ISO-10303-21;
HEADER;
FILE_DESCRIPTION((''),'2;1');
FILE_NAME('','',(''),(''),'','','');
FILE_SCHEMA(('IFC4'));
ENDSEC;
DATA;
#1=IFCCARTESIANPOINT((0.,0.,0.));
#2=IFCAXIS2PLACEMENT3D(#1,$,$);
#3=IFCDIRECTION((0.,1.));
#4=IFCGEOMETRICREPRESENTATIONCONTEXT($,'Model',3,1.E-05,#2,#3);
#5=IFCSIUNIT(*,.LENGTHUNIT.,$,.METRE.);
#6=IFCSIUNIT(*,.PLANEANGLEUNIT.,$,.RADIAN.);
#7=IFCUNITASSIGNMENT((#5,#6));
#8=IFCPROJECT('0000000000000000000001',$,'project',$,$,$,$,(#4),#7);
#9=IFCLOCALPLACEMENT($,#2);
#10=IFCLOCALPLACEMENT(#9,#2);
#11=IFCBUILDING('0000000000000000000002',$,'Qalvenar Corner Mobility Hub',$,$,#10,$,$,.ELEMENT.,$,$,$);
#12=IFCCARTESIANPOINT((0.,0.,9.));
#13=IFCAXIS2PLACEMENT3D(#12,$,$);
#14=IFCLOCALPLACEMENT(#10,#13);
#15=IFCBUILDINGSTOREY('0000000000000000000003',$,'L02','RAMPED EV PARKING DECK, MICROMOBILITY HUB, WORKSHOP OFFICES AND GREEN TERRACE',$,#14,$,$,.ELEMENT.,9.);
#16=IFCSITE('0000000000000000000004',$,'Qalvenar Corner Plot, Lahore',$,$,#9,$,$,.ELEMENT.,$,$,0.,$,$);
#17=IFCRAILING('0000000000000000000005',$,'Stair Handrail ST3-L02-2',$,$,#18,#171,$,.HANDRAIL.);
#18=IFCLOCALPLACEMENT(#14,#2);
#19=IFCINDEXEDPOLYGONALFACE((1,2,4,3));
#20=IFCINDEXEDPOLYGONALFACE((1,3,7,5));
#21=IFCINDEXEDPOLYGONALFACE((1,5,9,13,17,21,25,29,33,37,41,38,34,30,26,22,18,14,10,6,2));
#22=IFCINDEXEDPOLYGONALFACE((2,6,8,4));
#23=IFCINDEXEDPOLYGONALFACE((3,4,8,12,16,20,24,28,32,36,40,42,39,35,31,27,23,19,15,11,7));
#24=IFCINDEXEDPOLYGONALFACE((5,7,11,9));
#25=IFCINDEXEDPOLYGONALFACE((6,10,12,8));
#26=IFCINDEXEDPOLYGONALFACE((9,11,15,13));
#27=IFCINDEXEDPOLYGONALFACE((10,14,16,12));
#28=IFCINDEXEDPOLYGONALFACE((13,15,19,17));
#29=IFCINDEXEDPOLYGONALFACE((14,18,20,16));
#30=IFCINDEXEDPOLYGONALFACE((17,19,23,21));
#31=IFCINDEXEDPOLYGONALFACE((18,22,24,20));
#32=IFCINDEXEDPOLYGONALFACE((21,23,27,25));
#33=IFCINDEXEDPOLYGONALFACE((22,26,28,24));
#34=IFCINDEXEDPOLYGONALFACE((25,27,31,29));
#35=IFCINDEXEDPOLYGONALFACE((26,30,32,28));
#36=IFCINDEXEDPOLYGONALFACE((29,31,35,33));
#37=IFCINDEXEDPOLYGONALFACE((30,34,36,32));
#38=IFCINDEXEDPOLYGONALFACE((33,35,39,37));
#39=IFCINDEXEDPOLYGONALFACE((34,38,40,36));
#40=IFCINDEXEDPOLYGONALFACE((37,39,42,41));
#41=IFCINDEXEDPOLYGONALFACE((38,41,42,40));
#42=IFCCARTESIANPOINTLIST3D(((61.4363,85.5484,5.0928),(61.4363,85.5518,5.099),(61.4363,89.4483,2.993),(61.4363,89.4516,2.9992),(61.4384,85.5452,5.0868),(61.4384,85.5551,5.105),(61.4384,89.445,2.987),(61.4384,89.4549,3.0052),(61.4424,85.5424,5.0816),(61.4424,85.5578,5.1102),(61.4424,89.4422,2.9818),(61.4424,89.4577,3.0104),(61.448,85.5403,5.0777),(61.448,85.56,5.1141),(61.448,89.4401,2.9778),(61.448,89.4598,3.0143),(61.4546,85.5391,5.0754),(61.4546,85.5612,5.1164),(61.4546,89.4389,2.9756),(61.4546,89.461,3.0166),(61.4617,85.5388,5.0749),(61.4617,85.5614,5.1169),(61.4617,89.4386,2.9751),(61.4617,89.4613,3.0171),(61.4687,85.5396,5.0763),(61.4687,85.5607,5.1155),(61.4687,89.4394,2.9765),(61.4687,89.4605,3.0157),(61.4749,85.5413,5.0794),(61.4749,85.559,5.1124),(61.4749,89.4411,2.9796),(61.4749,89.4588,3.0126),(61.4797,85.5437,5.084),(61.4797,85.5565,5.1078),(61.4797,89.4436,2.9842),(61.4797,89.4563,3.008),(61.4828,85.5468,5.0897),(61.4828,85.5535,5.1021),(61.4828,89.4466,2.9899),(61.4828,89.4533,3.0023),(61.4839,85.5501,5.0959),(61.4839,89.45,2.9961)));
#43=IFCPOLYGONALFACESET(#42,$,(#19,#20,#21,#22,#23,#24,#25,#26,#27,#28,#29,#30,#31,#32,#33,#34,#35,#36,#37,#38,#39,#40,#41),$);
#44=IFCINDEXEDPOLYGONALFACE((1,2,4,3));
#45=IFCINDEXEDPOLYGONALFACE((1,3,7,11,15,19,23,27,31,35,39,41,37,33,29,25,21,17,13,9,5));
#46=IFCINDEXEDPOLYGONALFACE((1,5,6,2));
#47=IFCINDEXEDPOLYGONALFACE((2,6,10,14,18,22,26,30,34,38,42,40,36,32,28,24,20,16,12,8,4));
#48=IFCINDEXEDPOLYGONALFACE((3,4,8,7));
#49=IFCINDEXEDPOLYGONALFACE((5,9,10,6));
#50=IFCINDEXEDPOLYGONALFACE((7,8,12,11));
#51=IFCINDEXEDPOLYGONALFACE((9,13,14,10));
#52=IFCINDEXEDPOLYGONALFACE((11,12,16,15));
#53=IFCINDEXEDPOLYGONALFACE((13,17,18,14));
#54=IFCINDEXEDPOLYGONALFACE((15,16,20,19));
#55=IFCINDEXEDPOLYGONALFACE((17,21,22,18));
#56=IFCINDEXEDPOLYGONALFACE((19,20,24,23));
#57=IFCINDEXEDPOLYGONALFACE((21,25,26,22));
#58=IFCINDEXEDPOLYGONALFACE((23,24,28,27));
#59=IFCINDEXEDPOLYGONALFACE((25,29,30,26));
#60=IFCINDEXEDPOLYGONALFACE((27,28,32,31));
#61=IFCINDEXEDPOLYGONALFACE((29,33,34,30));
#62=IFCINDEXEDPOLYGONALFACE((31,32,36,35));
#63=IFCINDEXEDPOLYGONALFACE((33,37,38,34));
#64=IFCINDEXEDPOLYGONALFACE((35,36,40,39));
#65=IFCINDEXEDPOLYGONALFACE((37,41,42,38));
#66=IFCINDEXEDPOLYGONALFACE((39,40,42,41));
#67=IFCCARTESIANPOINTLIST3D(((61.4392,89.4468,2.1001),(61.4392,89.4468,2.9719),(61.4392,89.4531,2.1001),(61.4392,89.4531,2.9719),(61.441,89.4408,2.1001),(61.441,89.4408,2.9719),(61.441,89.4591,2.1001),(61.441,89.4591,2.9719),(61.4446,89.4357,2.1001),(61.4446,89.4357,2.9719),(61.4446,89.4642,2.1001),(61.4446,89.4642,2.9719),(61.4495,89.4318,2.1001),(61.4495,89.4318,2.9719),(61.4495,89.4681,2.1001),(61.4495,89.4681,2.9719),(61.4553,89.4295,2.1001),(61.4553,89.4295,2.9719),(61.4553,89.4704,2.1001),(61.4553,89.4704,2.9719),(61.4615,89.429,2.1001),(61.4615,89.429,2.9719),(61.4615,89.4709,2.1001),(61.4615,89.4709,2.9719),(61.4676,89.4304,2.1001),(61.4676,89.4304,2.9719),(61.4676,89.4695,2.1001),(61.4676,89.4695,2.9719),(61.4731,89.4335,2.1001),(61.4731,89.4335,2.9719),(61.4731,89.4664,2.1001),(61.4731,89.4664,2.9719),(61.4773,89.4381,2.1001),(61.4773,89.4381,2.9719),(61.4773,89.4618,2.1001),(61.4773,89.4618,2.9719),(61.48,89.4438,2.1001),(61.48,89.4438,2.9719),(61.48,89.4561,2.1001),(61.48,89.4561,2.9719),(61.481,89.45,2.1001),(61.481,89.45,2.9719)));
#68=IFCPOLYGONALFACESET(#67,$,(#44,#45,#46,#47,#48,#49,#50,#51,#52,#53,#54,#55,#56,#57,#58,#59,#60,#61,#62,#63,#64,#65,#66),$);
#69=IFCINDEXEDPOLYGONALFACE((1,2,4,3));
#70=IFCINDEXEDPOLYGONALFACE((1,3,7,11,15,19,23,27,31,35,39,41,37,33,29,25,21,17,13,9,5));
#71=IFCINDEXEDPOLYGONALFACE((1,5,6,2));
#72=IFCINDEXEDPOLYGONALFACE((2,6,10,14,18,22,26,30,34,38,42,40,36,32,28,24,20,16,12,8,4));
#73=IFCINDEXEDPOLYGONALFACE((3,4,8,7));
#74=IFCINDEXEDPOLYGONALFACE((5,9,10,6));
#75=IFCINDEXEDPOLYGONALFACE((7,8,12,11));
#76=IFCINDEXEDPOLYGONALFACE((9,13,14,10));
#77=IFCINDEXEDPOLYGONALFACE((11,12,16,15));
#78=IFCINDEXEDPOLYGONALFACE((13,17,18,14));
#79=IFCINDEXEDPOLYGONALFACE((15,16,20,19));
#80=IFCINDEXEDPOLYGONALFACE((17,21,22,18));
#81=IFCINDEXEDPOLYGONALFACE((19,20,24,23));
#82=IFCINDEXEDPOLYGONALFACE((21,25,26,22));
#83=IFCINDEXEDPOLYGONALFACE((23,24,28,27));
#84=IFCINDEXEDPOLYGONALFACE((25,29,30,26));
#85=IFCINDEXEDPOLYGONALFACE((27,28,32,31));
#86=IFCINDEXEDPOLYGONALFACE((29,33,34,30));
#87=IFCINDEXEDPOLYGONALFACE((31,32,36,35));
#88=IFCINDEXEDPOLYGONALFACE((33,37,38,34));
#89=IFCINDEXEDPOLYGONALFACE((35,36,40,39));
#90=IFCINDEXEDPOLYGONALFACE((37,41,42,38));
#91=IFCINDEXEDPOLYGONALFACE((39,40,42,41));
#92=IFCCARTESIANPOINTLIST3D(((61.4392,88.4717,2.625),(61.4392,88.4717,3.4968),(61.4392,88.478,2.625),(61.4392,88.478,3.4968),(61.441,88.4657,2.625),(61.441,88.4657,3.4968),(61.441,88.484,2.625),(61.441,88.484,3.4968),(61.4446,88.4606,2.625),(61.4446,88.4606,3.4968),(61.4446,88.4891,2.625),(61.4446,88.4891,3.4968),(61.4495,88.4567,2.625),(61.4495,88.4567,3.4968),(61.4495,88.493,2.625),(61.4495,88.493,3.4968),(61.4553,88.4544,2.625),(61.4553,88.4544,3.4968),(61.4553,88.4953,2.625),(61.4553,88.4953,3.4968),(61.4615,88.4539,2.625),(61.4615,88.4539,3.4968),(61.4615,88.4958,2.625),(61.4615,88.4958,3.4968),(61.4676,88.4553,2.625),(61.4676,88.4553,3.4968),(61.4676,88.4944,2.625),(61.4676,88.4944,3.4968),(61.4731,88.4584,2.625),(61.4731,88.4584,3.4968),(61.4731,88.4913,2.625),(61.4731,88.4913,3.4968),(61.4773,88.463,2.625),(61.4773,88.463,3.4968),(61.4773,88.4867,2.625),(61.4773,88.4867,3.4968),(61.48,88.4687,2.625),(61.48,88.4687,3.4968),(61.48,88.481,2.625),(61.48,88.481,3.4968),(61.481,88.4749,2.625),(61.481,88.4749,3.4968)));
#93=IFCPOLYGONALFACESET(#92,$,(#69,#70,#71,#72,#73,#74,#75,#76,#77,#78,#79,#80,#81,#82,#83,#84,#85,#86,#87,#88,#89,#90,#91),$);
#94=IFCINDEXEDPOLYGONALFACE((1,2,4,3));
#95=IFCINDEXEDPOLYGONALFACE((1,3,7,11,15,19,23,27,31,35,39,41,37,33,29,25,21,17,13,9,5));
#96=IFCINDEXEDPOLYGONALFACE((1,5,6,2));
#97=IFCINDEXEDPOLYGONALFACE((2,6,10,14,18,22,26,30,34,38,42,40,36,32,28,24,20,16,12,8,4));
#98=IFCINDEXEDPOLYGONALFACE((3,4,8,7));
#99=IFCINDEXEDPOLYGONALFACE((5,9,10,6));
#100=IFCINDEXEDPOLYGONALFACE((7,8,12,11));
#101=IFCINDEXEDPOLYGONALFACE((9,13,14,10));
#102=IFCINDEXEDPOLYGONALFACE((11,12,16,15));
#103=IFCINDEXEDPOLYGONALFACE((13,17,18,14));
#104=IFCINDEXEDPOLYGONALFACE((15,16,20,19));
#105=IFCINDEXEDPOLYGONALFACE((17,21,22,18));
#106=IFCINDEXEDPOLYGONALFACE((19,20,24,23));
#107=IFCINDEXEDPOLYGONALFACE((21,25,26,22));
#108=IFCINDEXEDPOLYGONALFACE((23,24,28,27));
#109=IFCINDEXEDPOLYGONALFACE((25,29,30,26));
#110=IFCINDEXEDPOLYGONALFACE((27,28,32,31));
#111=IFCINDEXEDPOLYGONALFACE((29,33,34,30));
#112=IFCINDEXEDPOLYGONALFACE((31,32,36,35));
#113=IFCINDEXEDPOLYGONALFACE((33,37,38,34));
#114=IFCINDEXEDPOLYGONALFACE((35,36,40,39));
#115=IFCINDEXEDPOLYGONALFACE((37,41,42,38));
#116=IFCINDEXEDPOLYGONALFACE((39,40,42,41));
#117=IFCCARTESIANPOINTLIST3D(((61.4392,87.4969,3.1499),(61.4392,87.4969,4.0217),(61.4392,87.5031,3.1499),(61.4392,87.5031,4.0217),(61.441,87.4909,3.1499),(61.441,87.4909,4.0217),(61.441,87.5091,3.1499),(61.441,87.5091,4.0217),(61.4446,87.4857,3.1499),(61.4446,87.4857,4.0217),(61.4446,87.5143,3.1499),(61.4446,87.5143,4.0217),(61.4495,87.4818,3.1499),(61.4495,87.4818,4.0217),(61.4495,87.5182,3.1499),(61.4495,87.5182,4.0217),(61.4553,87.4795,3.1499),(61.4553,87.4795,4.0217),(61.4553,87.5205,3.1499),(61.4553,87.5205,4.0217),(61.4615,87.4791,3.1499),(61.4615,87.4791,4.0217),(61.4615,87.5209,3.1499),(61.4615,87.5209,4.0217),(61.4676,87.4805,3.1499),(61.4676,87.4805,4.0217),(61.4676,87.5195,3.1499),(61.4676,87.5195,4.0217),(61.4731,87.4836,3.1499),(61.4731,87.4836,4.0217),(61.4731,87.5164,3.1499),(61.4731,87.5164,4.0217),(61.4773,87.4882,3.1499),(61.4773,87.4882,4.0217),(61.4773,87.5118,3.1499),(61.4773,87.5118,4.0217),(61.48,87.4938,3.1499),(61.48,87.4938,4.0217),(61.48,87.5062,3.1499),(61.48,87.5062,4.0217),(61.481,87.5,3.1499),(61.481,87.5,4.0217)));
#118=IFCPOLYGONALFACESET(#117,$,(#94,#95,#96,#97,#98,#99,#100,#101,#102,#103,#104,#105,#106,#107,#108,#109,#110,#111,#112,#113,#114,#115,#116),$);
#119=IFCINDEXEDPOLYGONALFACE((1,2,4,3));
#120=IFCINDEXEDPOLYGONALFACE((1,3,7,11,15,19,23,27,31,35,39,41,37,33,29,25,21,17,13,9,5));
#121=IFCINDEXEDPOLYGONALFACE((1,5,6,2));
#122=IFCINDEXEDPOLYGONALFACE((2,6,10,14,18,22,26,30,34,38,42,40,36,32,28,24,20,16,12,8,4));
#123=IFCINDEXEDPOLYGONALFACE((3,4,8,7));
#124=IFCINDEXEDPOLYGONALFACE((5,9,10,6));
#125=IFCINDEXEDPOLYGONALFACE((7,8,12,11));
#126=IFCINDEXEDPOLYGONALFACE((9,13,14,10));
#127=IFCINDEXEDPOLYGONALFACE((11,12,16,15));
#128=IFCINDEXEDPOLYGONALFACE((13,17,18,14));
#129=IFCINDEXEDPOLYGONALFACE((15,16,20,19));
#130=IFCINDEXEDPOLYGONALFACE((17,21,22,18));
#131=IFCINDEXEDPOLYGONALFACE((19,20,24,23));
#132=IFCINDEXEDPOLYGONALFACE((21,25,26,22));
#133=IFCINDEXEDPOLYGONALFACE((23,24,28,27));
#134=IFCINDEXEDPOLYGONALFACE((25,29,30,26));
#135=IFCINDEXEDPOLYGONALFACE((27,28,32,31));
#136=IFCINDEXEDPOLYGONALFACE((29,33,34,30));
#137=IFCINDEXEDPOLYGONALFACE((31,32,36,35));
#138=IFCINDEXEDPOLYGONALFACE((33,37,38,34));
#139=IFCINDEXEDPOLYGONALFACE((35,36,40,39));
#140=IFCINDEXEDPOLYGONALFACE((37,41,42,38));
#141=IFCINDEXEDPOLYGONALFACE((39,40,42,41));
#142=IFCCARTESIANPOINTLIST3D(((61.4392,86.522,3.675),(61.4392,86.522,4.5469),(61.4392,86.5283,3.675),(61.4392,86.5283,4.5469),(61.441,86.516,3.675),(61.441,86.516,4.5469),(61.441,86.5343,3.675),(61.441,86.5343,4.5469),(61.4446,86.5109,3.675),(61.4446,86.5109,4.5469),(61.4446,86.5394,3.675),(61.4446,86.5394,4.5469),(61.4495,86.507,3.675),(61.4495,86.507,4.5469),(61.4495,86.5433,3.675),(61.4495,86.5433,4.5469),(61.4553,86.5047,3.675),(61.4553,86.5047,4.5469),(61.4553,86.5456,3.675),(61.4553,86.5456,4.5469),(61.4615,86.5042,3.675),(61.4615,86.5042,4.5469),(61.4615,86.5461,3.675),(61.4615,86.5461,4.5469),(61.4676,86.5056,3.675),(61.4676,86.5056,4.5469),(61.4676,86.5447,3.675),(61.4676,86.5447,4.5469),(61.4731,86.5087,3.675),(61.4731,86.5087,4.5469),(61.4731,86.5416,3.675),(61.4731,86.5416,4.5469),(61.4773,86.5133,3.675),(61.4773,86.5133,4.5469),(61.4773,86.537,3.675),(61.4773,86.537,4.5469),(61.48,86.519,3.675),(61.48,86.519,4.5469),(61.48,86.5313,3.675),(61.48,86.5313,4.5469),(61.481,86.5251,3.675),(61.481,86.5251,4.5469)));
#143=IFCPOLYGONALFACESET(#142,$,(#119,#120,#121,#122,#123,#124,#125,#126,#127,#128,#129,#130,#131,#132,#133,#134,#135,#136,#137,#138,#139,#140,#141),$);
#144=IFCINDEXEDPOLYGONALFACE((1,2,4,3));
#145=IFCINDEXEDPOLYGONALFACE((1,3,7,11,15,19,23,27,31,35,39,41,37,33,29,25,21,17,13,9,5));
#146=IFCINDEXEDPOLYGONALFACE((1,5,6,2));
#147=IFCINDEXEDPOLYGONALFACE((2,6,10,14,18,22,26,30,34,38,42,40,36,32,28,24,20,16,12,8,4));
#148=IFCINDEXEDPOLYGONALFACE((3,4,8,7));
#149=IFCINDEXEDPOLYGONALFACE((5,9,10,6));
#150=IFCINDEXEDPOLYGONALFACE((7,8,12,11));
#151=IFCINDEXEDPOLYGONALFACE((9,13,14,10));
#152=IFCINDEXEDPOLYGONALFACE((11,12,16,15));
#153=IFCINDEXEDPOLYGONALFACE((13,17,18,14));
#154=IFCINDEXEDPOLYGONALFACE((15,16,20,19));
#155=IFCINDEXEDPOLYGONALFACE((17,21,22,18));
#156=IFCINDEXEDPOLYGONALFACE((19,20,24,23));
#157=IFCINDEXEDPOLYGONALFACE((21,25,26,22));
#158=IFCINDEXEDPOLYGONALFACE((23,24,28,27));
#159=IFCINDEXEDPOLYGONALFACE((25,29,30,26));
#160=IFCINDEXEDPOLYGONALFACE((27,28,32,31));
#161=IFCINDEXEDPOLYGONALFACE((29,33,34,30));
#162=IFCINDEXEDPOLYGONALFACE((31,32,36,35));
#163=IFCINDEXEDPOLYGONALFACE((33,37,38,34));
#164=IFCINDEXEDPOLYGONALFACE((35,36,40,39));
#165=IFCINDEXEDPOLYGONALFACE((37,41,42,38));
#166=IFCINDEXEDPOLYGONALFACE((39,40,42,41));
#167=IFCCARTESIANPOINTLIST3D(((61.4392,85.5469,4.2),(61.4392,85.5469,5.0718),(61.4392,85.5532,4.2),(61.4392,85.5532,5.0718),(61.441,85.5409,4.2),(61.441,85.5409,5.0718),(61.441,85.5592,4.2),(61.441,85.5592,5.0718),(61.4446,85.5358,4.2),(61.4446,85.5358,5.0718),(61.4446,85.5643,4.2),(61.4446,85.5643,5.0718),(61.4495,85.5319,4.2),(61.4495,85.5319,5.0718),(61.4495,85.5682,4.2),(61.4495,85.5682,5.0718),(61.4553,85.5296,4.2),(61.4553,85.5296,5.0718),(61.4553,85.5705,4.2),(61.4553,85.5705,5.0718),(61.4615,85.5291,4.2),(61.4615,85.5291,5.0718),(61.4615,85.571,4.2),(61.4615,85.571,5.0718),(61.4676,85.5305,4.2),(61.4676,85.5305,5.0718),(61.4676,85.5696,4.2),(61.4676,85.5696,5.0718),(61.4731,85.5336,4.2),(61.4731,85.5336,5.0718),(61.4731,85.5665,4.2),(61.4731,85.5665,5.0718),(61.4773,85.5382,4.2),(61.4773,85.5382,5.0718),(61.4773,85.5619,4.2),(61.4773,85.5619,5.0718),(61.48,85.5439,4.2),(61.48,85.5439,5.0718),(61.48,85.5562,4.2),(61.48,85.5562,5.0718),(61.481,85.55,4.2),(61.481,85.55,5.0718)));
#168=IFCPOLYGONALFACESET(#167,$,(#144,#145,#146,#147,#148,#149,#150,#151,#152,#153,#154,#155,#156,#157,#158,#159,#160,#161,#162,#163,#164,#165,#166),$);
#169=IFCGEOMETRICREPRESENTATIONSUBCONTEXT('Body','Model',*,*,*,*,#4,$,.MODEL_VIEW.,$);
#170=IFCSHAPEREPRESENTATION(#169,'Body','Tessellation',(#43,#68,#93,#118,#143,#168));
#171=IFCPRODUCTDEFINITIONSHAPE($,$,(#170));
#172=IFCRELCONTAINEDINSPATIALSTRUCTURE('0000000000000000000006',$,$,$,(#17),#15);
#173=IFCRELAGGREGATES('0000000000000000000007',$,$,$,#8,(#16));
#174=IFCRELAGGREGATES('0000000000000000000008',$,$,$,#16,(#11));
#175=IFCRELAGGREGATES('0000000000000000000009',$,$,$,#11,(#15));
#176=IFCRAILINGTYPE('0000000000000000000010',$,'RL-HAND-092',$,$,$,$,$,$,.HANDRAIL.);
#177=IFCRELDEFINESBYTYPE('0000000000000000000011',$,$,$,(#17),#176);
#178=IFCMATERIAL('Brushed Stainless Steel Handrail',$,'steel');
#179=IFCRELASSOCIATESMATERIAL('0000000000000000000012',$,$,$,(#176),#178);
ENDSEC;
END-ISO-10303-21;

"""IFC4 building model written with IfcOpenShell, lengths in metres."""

from ifc_helpers import new_model, si_unit, direction, frame, origin, origin_2d, place, context, subcontext, project, spatial, circle, extrude, material, type_object, element, save


model = new_model("IFC4")

# Units and contexts
model_context = context("Model", 3, precision=1e-05, world=origin(), true_north=direction((0.0, 1.0)))
body_context = subcontext(model_context, "Body", "Model", "MODEL_VIEW")
ifc_project = project(units=[si_unit("LENGTHUNIT", "METRE"), si_unit("PLANEANGLEUNIT", "RADIAN")], contexts=[model_context])

# Site, building, storey
site_placement = place(None, origin())
site = spatial("IfcSite", under=ifc_project, at=site_placement, Name="Qalvenar Corner Plot, Lahore", CompositionType="ELEMENT", RefElevation=0.0)
building_placement = place(site_placement, origin())
building = spatial("IfcBuilding", under=site, at=building_placement, Name="Qalvenar Corner Mobility Hub", CompositionType="ELEMENT")
storey_placement = place(building_placement, frame((0.0, 0.0, 9.0)))
storey = spatial("IfcBuildingStorey", under=building, at=storey_placement, Name="L02", Description="RAMPED EV PARKING DECK, MICROMOBILITY HUB, WORKSHOP OFFICES AND GREEN TERRACE", CompositionType="ELEMENT", Elevation=9.0)

# Railing
ifc_material_1 = material(Name="Brushed Stainless Steel Handrail", Category="steel")
railing_type_1 = type_object("IfcRailingType", Name="RL-HAND-092", PredefinedType="HANDRAIL", material=ifc_material_1)
railing_1_placement = place(storey_placement, frame((61.46, 89.45, 2.1001)))
element("IfcRailing", 1, at=railing_1_placement, inside=storey, type_object=railing_type_1, Name="Stair Handrail ST3-L02-2", PredefinedType="HANDRAIL", context=body_context, shape_type="SweptSolid", body=[
    extrude(circle(Radius=0.0239, at=origin_2d()), frame((0.0, 0.0, 0.896), z_axis=(0.0, -0.88048, 0.474083), x_axis=(1.0, 0.0, 0.0)), (0.0, 0.0, 1.0), 4.4292),
    extrude(circle(Radius=0.021, at=origin_2d()), origin(), (0.0, 0.0, 1.0), 0.8718),
    extrude(circle(Radius=0.021, at=origin_2d()), frame((0.0, -0.9751, 0.5249)), (0.0, 0.0, 1.0), 0.8718),
    extrude(circle(Radius=0.021, at=origin_2d()), frame((0.0, -1.95, 1.0498)), (0.0, 0.0, 1.0), 0.8718),
    extrude(circle(Radius=0.021, at=origin_2d()), frame((0.0, -2.9248, 1.575)), (0.0, 0.0, 1.0), 0.8718),
    extrude(circle(Radius=0.021, at=origin_2d()), frame((0.0, -3.8999, 2.0999)), (0.0, 0.0, 1.0), 0.8718),
])

save(model, "model.ifc")
